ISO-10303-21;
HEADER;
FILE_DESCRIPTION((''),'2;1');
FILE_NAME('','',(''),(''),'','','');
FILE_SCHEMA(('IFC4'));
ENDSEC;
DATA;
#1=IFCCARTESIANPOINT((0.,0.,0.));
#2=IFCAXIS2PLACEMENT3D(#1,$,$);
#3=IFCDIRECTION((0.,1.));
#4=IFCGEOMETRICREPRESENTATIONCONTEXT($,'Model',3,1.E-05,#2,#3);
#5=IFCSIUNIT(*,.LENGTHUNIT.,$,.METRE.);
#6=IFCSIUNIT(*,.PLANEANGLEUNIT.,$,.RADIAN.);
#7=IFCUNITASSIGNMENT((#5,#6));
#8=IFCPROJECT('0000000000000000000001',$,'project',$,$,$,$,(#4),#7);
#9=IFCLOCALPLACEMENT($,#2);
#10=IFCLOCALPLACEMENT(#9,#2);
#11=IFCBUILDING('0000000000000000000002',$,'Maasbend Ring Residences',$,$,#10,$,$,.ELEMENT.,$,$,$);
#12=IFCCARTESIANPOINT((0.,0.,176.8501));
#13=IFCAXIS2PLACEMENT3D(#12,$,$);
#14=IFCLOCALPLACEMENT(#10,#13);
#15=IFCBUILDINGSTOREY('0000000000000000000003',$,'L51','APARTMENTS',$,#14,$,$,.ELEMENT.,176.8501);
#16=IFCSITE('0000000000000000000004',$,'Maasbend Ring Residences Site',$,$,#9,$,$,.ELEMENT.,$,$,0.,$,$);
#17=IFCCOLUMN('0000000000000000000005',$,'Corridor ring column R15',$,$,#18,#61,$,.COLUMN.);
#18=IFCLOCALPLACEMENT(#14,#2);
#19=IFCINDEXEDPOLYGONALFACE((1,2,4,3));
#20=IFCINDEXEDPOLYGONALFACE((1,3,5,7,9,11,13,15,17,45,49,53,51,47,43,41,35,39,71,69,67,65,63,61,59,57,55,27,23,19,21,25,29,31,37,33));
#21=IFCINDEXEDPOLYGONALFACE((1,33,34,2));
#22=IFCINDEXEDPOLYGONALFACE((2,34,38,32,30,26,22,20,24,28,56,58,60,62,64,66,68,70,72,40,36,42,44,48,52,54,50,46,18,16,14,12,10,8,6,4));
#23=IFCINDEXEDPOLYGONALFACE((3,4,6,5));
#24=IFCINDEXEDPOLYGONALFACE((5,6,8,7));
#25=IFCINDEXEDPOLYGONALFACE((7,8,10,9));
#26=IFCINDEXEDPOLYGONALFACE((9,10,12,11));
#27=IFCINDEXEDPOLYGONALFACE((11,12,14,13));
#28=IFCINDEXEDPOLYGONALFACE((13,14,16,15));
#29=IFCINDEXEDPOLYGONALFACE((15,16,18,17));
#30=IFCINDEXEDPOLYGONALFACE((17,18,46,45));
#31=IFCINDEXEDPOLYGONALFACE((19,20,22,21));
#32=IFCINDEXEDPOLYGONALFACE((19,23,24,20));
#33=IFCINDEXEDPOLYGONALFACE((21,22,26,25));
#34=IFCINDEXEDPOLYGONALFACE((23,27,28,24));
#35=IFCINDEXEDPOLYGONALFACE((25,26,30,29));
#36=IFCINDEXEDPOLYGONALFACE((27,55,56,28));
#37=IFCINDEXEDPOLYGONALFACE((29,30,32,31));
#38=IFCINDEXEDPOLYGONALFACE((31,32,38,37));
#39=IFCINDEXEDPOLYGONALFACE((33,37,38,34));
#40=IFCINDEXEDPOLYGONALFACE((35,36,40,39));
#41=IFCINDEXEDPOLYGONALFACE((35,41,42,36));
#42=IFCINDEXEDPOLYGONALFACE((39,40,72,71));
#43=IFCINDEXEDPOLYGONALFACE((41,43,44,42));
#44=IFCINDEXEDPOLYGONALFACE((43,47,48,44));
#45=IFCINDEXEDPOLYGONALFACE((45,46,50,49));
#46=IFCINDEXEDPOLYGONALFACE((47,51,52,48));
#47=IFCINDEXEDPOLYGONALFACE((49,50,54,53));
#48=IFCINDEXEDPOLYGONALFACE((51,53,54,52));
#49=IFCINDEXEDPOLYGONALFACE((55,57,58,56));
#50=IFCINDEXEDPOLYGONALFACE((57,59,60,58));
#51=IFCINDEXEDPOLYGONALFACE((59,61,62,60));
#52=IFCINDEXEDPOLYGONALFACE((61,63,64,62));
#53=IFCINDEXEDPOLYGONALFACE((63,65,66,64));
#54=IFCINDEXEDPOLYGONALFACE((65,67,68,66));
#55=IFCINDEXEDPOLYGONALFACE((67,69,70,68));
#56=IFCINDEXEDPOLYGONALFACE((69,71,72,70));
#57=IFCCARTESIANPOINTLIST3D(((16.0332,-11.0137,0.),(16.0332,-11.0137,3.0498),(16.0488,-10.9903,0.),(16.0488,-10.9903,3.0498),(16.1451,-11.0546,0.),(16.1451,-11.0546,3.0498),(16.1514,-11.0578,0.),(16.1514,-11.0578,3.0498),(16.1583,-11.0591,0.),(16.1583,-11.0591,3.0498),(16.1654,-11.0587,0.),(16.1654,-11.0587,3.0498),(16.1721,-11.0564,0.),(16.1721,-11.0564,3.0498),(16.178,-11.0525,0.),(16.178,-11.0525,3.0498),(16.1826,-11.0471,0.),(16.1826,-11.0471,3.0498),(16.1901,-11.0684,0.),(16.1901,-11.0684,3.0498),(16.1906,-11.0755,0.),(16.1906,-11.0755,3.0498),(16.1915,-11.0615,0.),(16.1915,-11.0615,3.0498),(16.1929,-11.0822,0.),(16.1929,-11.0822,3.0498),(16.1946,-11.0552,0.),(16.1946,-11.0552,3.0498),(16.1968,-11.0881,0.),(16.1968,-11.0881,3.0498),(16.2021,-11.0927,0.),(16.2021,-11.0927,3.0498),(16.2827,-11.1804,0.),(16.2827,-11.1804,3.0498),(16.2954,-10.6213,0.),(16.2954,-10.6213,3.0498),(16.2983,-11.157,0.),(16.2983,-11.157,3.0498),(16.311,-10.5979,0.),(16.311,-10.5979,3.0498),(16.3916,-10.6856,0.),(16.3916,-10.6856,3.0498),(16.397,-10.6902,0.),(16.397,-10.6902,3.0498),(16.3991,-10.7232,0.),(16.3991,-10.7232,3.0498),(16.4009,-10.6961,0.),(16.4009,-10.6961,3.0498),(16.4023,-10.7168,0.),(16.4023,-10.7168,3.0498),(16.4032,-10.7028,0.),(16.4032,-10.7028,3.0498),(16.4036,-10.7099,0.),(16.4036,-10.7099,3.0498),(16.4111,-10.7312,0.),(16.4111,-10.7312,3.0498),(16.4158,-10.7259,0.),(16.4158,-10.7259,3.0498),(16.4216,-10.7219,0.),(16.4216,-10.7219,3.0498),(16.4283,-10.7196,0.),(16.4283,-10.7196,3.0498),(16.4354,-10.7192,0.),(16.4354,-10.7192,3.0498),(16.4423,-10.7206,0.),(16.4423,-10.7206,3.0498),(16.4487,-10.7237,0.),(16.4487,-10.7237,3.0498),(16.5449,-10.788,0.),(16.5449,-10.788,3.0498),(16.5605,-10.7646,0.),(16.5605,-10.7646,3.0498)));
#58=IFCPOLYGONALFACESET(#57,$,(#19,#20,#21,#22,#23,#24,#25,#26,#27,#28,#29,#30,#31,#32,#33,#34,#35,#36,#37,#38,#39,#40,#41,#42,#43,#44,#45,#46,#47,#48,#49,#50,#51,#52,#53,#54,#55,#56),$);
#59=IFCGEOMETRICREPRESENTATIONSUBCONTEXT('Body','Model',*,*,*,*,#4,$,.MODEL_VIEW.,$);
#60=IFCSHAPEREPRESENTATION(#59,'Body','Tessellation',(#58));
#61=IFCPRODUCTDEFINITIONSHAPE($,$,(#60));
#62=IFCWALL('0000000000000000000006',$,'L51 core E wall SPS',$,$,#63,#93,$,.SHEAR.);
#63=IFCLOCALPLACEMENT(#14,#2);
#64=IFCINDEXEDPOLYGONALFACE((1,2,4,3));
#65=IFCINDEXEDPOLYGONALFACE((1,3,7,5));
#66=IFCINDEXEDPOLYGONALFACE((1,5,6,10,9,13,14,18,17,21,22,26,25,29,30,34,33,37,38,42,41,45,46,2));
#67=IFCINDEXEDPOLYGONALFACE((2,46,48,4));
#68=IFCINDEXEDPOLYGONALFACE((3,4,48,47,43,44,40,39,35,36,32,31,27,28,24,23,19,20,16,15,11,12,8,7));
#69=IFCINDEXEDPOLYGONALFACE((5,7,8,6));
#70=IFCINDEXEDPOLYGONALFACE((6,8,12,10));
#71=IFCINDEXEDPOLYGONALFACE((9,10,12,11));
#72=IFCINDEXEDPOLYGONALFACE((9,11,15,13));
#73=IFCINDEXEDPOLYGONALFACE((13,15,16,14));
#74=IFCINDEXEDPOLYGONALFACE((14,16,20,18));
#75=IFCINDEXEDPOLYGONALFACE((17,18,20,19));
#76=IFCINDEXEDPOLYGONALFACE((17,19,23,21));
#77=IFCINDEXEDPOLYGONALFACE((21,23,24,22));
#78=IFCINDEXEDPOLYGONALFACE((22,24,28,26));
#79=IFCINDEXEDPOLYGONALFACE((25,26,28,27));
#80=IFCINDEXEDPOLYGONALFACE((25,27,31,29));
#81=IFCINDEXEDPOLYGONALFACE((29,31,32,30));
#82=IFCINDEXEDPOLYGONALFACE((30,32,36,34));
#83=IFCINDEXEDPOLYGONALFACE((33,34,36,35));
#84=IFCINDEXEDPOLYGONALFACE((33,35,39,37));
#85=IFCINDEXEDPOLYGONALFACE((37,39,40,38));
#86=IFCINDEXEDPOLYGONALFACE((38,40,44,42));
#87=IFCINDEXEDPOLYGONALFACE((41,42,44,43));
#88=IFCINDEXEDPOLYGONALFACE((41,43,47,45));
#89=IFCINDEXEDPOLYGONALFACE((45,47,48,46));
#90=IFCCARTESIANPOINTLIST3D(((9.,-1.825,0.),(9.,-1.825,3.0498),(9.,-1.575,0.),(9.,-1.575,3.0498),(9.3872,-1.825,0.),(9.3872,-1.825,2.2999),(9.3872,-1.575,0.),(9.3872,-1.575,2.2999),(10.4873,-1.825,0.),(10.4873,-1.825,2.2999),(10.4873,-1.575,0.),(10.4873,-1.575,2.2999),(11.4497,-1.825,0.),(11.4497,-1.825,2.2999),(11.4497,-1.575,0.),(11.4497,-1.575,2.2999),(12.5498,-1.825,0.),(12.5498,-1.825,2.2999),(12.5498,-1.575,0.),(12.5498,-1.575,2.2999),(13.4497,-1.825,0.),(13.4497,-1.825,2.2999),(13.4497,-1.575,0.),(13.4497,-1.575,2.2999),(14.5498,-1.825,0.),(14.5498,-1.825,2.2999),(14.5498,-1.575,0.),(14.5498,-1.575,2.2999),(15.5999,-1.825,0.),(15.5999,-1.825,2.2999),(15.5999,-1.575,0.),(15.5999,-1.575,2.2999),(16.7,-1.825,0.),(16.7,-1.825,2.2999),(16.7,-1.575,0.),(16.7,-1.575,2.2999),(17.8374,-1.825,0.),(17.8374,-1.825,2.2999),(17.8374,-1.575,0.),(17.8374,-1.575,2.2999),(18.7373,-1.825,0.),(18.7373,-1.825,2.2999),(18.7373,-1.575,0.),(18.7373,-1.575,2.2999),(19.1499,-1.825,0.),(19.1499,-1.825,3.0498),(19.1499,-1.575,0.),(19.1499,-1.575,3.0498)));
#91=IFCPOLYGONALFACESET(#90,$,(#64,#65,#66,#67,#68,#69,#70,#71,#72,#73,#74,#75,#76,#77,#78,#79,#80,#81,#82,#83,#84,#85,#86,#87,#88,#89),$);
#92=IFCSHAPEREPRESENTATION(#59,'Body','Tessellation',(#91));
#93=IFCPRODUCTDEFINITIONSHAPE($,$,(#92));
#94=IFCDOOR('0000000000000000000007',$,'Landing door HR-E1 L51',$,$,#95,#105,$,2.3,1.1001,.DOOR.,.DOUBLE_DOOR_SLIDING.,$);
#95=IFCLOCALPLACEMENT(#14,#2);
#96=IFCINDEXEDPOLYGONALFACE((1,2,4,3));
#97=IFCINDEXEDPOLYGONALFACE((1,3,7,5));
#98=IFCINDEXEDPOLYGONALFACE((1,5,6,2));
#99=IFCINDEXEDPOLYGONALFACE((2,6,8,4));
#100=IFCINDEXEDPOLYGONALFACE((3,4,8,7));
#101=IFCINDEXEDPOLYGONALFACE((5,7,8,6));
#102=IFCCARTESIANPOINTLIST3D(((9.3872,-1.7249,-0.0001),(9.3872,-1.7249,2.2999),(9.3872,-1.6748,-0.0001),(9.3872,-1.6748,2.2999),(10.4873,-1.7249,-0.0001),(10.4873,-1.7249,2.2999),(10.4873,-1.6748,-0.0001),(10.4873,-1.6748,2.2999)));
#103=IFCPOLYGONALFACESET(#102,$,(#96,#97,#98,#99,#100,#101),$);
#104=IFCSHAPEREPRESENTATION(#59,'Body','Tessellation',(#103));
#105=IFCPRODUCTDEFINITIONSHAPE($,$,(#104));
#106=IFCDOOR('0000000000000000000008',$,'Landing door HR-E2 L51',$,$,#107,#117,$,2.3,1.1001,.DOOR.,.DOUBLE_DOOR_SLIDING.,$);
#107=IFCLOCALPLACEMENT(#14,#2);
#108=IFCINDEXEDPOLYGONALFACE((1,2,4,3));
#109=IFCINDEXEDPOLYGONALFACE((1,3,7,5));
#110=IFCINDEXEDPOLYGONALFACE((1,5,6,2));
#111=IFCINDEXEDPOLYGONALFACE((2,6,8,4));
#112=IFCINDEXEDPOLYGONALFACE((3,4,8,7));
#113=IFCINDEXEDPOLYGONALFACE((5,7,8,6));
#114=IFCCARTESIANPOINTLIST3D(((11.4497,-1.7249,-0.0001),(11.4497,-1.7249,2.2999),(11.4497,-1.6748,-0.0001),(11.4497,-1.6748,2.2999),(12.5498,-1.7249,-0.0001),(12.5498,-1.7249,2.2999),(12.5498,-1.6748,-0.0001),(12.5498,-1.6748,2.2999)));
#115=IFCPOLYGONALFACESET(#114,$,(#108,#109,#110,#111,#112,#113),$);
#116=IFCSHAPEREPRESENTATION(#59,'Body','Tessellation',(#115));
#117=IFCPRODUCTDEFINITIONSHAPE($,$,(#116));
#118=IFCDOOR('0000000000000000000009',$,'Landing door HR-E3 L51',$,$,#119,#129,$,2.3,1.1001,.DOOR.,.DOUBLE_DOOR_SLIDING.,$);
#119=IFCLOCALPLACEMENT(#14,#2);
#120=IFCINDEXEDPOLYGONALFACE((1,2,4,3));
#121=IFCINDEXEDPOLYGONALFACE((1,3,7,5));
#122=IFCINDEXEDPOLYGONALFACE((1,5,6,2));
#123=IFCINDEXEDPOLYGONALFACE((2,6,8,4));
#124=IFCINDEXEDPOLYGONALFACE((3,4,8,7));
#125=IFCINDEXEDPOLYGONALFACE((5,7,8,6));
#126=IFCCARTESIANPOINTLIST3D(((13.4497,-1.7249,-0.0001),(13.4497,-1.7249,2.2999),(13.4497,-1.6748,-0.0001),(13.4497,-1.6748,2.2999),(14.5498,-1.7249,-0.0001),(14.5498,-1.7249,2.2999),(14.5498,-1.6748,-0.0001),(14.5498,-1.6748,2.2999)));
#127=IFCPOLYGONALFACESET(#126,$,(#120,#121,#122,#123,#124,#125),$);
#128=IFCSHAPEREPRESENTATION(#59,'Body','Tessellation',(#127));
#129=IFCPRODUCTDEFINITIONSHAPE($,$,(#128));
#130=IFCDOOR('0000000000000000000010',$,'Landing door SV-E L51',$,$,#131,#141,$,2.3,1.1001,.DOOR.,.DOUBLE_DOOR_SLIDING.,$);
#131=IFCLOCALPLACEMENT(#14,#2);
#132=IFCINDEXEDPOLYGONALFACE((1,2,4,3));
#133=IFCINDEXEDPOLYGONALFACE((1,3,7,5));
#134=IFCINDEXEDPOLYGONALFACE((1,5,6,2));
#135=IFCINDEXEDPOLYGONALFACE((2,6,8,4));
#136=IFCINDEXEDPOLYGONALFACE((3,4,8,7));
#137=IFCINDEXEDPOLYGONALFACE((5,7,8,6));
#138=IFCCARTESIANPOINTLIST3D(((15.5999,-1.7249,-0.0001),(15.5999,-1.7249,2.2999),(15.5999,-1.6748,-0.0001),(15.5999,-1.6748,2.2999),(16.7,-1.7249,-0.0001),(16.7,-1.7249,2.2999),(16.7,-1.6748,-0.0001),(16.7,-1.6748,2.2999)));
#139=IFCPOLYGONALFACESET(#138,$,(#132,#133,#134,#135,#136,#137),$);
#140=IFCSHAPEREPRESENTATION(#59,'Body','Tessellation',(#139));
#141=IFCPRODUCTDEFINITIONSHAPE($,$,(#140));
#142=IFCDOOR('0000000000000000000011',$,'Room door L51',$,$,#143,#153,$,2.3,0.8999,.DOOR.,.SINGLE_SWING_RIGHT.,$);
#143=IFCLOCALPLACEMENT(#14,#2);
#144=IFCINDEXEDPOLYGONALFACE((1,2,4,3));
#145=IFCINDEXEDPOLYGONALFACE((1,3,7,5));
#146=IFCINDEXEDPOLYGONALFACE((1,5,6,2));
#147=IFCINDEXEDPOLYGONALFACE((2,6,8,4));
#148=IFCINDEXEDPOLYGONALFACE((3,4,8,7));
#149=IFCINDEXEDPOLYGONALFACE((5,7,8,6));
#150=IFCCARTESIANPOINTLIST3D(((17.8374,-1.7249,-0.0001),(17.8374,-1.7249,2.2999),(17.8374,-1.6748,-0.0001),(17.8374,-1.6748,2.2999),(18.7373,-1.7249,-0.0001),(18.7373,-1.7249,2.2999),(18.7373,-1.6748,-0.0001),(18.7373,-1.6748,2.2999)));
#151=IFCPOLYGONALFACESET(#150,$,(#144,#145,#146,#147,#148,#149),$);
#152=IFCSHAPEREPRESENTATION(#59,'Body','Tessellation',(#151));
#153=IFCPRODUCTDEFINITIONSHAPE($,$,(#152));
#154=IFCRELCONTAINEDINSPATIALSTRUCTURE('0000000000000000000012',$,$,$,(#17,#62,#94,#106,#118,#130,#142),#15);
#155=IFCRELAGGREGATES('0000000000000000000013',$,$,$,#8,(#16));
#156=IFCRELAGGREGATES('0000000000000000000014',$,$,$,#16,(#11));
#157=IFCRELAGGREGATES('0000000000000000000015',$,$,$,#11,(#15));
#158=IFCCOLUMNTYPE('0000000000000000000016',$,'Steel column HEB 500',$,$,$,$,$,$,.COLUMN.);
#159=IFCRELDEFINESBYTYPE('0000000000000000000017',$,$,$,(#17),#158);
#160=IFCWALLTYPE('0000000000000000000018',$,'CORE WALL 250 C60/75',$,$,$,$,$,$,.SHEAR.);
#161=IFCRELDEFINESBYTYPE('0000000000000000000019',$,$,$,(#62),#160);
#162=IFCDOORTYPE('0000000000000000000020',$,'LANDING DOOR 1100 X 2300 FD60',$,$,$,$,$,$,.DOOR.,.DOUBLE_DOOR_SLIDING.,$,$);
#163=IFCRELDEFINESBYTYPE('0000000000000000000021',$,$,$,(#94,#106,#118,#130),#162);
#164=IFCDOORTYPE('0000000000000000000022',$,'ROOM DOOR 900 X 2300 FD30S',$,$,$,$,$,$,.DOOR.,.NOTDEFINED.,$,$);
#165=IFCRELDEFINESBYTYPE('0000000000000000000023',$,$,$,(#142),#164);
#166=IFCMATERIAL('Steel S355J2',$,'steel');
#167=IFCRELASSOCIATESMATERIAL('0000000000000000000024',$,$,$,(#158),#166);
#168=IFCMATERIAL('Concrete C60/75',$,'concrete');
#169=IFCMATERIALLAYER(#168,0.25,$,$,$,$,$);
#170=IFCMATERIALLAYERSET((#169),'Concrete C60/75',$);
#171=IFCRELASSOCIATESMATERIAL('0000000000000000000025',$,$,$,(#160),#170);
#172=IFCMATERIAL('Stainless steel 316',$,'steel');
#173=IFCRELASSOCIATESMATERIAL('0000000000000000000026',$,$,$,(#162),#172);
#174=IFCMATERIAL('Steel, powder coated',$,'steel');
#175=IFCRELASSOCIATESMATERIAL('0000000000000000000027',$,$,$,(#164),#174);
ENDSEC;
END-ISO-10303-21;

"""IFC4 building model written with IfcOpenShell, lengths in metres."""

from ifc_helpers import new_model, si_unit, direction, frame, frame_2d, origin, origin_2d, place, context, subcontext, project, spatial, rectangle, i_section, extrude, material, layer, layer_set, material_profile, profile_set, type_object, element, fill, save


model = new_model("IFC4")

# Units and contexts
model_context = context("Model", 3, precision=1e-05, world=origin(), true_north=direction((0.0, 1.0)))
body_context = subcontext(model_context, "Body", "Model", "MODEL_VIEW")
ifc_project = project(units=[si_unit("LENGTHUNIT", "METRE"), si_unit("PLANEANGLEUNIT", "RADIAN")], contexts=[model_context])

# Site, building, storey
site_placement = place(None, origin())
site = spatial("IfcSite", under=ifc_project, at=site_placement, Name="Maasbend Ring Residences Site", CompositionType="ELEMENT", RefElevation=0.0)
building_placement = place(site_placement, origin())
building = spatial("IfcBuilding", under=site, at=building_placement, Name="Maasbend Ring Residences", CompositionType="ELEMENT")
storey_placement = place(building_placement, frame((0.0, 0.0, 176.8501)))
storey = spatial("IfcBuildingStorey", under=building, at=storey_placement, Name="L51", Description="APARTMENTS", CompositionType="ELEMENT", Elevation=176.8501)

# Column
ifc_material_1 = material(Name="Steel S355J2", Category="steel")
ifc_material_profile = material_profile(ifc_material_1, i_section(OverallWidth=0.3, OverallDepth=0.5, WebThickness=0.0144, FlangeThickness=0.0281, FilletRadius=0.0271, at=origin_2d()), Name="HEB 500")
ifc_profile_set = profile_set([ifc_material_profile], Name="Steel S355J2")
column_type = type_object("IfcColumnType", Name="Steel column HEB 500", PredefinedType="COLUMN", material=ifc_profile_set)
column_placement = place(storey_placement, frame((16.2969, -10.8892, 0.0), z_axis=(0.0, 0.0, 1.0), x_axis=(0.83147, -0.55557, 0.0)))
element("IfcColumn", 1, at=column_placement, inside=storey, type_object=column_type, Name="Corridor ring column R15", PredefinedType="COLUMN", context=body_context, shape_type="SweptSolid", body=[
    extrude(i_section(OverallWidth=0.3, OverallDepth=0.5, WebThickness=0.0144, FlangeThickness=0.0281, FilletRadius=0.0271, at=origin_2d()), origin(), (0.0, 0.0, 1.0), 3.0498),
])

# Wall, openings, doors
ifc_material_2 = material(Name="Concrete C60/75", Category="concrete")
ifc_layer_1 = layer(ifc_material_2, 0.25)
ifc_layer_set_1 = layer_set([ifc_layer_1], Name="Concrete C60/75")
wall_type_1 = type_object("IfcWallType", Name="CORE WALL 250 C60/75", PredefinedType="SHEAR", material=ifc_layer_set_1)
wall_1_placement = place(storey_placement, frame((19.1499, -1.7, 0.0), z_axis=(0.0, 0.0, 1.0), x_axis=(-1.0, 0.0, 0.0)))
wall_1 = element("IfcWall", 2, at=wall_1_placement, inside=storey, type_object=wall_type_1, Name="L51 core E wall SPS", PredefinedType="SHEAR", context=body_context, shape_type="SweptSolid", body=[
    extrude(rectangle(XDim=10.1499, YDim=0.25, at=frame_2d((5.075, 0.0))), origin(), (0.0, 0.0, 1.0), 3.0498),
])
opening_1_placement = place(wall_1_placement, frame((8.6626, 0.0, 0.0)))
opening_1 = element("IfcOpeningElement", 3, at=opening_1_placement, cuts=wall_1, PredefinedType="OPENING", context=body_context, shape_type="SweptSolid", body=[
    extrude(rectangle(XDim=1.1001, YDim=2.3, at=frame_2d((0.55, 1.1499))), frame((0.0, 0.135, 0.0), z_axis=(0.0, -1.0, 0.0), x_axis=(1.0, 0.0, 0.0)), (0.0, 0.0, 1.0), 0.27),
])
opening_2_placement = place(wall_1_placement, frame((6.6001, 0.0, 0.0)))
opening_2 = element("IfcOpeningElement", 4, at=opening_2_placement, cuts=wall_1, PredefinedType="OPENING", context=body_context, shape_type="SweptSolid", body=[
    extrude(rectangle(XDim=1.1001, YDim=2.3, at=frame_2d((0.55, 1.1499))), frame((0.0, 0.135, 0.0), z_axis=(0.0, -1.0, 0.0), x_axis=(1.0, 0.0, 0.0)), (0.0, 0.0, 1.0), 0.27),
])
opening_3_placement = place(wall_1_placement, frame((4.6001, 0.0, 0.0)))
opening_3 = element("IfcOpeningElement", 5, at=opening_3_placement, cuts=wall_1, PredefinedType="OPENING", context=body_context, shape_type="SweptSolid", body=[
    extrude(rectangle(XDim=1.1001, YDim=2.3, at=frame_2d((0.55, 1.1499))), frame((0.0, 0.135, 0.0), z_axis=(0.0, -1.0, 0.0), x_axis=(1.0, 0.0, 0.0)), (0.0, 0.0, 1.0), 0.27),
])
opening_4_placement = place(wall_1_placement, frame((2.45, 0.0, 0.0)))
opening_4 = element("IfcOpeningElement", 6, at=opening_4_placement, cuts=wall_1, PredefinedType="OPENING", context=body_context, shape_type="SweptSolid", body=[
    extrude(rectangle(XDim=1.1001, YDim=2.3, at=frame_2d((0.55, 1.1499))), frame((0.0, 0.135, 0.0), z_axis=(0.0, -1.0, 0.0), x_axis=(1.0, 0.0, 0.0)), (0.0, 0.0, 1.0), 0.27),
])
opening_5_placement = place(wall_1_placement, frame((0.4126, 0.0, 0.0)))
opening_5 = element("IfcOpeningElement", 7, at=opening_5_placement, cuts=wall_1, PredefinedType="OPENING", context=body_context, shape_type="SweptSolid", body=[
    extrude(rectangle(XDim=0.8999, YDim=2.3, at=frame_2d((0.45, 1.1499))), frame((0.0, 0.135, 0.0), z_axis=(0.0, -1.0, 0.0), x_axis=(1.0, 0.0, 0.0)), (0.0, 0.0, 1.0), 0.27),
])
ifc_material_3 = material(Name="Stainless steel 316", Category="steel")
door_type_1 = type_object("IfcDoorType", Name="LANDING DOOR 1100 X 2300 FD60", OperationType="DOUBLE_DOOR_SLIDING", PredefinedType="DOOR", material=ifc_material_3)
door_1_placement = place(opening_1_placement, origin())
door_1 = element("IfcDoor", 8, at=door_1_placement, inside=storey, type_object=door_type_1, Name="Landing door HR-E1 L51", OperationType="DOUBLE_DOOR_SLIDING", OverallHeight=2.3, OverallWidth=1.1001, PredefinedType="DOOR", context=body_context, shape_type="SweptSolid", body=[
    extrude(rectangle(XDim=1.1001, YDim=2.3, at=frame_2d((0.55, 1.1499))), frame((0.0, 0.0249, 0.0), z_axis=(0.0, -1.0, 0.0), x_axis=(1.0, 0.0, 0.0)), (0.0, 0.0, 1.0), 0.05),
])
fill(opening_1, door_1)
door_2_placement = place(opening_2_placement, origin())
door_2 = element("IfcDoor", 9, at=door_2_placement, inside=storey, type_object=door_type_1, Name="Landing door HR-E2 L51", OperationType="DOUBLE_DOOR_SLIDING", OverallHeight=2.3, OverallWidth=1.1001, PredefinedType="DOOR", context=body_context, shape_type="SweptSolid", body=[
    extrude(rectangle(XDim=1.1001, YDim=2.3, at=frame_2d((0.55, 1.1499))), frame((0.0, 0.0249, 0.0), z_axis=(0.0, -1.0, 0.0), x_axis=(1.0, 0.0, 0.0)), (0.0, 0.0, 1.0), 0.05),
])
fill(opening_2, door_2)
door_3_placement = place(opening_3_placement, origin())
door_3 = element("IfcDoor", 10, at=door_3_placement, inside=storey, type_object=door_type_1, Name="Landing door HR-E3 L51", OperationType="DOUBLE_DOOR_SLIDING", OverallHeight=2.3, OverallWidth=1.1001, PredefinedType="DOOR", context=body_context, shape_type="SweptSolid", body=[
    extrude(rectangle(XDim=1.1001, YDim=2.3, at=frame_2d((0.55, 1.1499))), frame((0.0, 0.0249, 0.0), z_axis=(0.0, -1.0, 0.0), x_axis=(1.0, 0.0, 0.0)), (0.0, 0.0, 1.0), 0.05),
])
fill(opening_3, door_3)
door_4_placement = place(opening_4_placement, origin())
door_4 = element("IfcDoor", 11, at=door_4_placement, inside=storey, type_object=door_type_1, Name="Landing door SV-E L51", OperationType="DOUBLE_DOOR_SLIDING", OverallHeight=2.3, OverallWidth=1.1001, PredefinedType="DOOR", context=body_context, shape_type="SweptSolid", body=[
    extrude(rectangle(XDim=1.1001, YDim=2.3, at=frame_2d((0.55, 1.1499))), frame((0.0, 0.0249, 0.0), z_axis=(0.0, -1.0, 0.0), x_axis=(1.0, 0.0, 0.0)), (0.0, 0.0, 1.0), 0.05),
])
fill(opening_4, door_4)
ifc_material_4 = material(Name="Steel, powder coated", Category="steel")
door_type_2 = type_object("IfcDoorType", Name="ROOM DOOR 900 X 2300 FD30S", OperationType="NOTDEFINED", PredefinedType="DOOR", material=ifc_material_4)
door_5_placement = place(opening_5_placement, origin())
door_5 = element("IfcDoor", 12, at=door_5_placement, inside=storey, type_object=door_type_2, Name="Room door L51", OperationType="SINGLE_SWING_RIGHT", OverallHeight=2.3, OverallWidth=0.8999, PredefinedType="DOOR", context=body_context, shape_type="SweptSolid", body=[
    extrude(rectangle(XDim=0.8999, YDim=2.3, at=frame_2d((0.45, 1.1499))), frame((0.0, 0.0249, 0.0), z_axis=(0.0, -1.0, 0.0), x_axis=(1.0, 0.0, 0.0)), (0.0, 0.0, 1.0), 0.05),
])
fill(opening_5, door_5)

save(model, "model.ifc")
